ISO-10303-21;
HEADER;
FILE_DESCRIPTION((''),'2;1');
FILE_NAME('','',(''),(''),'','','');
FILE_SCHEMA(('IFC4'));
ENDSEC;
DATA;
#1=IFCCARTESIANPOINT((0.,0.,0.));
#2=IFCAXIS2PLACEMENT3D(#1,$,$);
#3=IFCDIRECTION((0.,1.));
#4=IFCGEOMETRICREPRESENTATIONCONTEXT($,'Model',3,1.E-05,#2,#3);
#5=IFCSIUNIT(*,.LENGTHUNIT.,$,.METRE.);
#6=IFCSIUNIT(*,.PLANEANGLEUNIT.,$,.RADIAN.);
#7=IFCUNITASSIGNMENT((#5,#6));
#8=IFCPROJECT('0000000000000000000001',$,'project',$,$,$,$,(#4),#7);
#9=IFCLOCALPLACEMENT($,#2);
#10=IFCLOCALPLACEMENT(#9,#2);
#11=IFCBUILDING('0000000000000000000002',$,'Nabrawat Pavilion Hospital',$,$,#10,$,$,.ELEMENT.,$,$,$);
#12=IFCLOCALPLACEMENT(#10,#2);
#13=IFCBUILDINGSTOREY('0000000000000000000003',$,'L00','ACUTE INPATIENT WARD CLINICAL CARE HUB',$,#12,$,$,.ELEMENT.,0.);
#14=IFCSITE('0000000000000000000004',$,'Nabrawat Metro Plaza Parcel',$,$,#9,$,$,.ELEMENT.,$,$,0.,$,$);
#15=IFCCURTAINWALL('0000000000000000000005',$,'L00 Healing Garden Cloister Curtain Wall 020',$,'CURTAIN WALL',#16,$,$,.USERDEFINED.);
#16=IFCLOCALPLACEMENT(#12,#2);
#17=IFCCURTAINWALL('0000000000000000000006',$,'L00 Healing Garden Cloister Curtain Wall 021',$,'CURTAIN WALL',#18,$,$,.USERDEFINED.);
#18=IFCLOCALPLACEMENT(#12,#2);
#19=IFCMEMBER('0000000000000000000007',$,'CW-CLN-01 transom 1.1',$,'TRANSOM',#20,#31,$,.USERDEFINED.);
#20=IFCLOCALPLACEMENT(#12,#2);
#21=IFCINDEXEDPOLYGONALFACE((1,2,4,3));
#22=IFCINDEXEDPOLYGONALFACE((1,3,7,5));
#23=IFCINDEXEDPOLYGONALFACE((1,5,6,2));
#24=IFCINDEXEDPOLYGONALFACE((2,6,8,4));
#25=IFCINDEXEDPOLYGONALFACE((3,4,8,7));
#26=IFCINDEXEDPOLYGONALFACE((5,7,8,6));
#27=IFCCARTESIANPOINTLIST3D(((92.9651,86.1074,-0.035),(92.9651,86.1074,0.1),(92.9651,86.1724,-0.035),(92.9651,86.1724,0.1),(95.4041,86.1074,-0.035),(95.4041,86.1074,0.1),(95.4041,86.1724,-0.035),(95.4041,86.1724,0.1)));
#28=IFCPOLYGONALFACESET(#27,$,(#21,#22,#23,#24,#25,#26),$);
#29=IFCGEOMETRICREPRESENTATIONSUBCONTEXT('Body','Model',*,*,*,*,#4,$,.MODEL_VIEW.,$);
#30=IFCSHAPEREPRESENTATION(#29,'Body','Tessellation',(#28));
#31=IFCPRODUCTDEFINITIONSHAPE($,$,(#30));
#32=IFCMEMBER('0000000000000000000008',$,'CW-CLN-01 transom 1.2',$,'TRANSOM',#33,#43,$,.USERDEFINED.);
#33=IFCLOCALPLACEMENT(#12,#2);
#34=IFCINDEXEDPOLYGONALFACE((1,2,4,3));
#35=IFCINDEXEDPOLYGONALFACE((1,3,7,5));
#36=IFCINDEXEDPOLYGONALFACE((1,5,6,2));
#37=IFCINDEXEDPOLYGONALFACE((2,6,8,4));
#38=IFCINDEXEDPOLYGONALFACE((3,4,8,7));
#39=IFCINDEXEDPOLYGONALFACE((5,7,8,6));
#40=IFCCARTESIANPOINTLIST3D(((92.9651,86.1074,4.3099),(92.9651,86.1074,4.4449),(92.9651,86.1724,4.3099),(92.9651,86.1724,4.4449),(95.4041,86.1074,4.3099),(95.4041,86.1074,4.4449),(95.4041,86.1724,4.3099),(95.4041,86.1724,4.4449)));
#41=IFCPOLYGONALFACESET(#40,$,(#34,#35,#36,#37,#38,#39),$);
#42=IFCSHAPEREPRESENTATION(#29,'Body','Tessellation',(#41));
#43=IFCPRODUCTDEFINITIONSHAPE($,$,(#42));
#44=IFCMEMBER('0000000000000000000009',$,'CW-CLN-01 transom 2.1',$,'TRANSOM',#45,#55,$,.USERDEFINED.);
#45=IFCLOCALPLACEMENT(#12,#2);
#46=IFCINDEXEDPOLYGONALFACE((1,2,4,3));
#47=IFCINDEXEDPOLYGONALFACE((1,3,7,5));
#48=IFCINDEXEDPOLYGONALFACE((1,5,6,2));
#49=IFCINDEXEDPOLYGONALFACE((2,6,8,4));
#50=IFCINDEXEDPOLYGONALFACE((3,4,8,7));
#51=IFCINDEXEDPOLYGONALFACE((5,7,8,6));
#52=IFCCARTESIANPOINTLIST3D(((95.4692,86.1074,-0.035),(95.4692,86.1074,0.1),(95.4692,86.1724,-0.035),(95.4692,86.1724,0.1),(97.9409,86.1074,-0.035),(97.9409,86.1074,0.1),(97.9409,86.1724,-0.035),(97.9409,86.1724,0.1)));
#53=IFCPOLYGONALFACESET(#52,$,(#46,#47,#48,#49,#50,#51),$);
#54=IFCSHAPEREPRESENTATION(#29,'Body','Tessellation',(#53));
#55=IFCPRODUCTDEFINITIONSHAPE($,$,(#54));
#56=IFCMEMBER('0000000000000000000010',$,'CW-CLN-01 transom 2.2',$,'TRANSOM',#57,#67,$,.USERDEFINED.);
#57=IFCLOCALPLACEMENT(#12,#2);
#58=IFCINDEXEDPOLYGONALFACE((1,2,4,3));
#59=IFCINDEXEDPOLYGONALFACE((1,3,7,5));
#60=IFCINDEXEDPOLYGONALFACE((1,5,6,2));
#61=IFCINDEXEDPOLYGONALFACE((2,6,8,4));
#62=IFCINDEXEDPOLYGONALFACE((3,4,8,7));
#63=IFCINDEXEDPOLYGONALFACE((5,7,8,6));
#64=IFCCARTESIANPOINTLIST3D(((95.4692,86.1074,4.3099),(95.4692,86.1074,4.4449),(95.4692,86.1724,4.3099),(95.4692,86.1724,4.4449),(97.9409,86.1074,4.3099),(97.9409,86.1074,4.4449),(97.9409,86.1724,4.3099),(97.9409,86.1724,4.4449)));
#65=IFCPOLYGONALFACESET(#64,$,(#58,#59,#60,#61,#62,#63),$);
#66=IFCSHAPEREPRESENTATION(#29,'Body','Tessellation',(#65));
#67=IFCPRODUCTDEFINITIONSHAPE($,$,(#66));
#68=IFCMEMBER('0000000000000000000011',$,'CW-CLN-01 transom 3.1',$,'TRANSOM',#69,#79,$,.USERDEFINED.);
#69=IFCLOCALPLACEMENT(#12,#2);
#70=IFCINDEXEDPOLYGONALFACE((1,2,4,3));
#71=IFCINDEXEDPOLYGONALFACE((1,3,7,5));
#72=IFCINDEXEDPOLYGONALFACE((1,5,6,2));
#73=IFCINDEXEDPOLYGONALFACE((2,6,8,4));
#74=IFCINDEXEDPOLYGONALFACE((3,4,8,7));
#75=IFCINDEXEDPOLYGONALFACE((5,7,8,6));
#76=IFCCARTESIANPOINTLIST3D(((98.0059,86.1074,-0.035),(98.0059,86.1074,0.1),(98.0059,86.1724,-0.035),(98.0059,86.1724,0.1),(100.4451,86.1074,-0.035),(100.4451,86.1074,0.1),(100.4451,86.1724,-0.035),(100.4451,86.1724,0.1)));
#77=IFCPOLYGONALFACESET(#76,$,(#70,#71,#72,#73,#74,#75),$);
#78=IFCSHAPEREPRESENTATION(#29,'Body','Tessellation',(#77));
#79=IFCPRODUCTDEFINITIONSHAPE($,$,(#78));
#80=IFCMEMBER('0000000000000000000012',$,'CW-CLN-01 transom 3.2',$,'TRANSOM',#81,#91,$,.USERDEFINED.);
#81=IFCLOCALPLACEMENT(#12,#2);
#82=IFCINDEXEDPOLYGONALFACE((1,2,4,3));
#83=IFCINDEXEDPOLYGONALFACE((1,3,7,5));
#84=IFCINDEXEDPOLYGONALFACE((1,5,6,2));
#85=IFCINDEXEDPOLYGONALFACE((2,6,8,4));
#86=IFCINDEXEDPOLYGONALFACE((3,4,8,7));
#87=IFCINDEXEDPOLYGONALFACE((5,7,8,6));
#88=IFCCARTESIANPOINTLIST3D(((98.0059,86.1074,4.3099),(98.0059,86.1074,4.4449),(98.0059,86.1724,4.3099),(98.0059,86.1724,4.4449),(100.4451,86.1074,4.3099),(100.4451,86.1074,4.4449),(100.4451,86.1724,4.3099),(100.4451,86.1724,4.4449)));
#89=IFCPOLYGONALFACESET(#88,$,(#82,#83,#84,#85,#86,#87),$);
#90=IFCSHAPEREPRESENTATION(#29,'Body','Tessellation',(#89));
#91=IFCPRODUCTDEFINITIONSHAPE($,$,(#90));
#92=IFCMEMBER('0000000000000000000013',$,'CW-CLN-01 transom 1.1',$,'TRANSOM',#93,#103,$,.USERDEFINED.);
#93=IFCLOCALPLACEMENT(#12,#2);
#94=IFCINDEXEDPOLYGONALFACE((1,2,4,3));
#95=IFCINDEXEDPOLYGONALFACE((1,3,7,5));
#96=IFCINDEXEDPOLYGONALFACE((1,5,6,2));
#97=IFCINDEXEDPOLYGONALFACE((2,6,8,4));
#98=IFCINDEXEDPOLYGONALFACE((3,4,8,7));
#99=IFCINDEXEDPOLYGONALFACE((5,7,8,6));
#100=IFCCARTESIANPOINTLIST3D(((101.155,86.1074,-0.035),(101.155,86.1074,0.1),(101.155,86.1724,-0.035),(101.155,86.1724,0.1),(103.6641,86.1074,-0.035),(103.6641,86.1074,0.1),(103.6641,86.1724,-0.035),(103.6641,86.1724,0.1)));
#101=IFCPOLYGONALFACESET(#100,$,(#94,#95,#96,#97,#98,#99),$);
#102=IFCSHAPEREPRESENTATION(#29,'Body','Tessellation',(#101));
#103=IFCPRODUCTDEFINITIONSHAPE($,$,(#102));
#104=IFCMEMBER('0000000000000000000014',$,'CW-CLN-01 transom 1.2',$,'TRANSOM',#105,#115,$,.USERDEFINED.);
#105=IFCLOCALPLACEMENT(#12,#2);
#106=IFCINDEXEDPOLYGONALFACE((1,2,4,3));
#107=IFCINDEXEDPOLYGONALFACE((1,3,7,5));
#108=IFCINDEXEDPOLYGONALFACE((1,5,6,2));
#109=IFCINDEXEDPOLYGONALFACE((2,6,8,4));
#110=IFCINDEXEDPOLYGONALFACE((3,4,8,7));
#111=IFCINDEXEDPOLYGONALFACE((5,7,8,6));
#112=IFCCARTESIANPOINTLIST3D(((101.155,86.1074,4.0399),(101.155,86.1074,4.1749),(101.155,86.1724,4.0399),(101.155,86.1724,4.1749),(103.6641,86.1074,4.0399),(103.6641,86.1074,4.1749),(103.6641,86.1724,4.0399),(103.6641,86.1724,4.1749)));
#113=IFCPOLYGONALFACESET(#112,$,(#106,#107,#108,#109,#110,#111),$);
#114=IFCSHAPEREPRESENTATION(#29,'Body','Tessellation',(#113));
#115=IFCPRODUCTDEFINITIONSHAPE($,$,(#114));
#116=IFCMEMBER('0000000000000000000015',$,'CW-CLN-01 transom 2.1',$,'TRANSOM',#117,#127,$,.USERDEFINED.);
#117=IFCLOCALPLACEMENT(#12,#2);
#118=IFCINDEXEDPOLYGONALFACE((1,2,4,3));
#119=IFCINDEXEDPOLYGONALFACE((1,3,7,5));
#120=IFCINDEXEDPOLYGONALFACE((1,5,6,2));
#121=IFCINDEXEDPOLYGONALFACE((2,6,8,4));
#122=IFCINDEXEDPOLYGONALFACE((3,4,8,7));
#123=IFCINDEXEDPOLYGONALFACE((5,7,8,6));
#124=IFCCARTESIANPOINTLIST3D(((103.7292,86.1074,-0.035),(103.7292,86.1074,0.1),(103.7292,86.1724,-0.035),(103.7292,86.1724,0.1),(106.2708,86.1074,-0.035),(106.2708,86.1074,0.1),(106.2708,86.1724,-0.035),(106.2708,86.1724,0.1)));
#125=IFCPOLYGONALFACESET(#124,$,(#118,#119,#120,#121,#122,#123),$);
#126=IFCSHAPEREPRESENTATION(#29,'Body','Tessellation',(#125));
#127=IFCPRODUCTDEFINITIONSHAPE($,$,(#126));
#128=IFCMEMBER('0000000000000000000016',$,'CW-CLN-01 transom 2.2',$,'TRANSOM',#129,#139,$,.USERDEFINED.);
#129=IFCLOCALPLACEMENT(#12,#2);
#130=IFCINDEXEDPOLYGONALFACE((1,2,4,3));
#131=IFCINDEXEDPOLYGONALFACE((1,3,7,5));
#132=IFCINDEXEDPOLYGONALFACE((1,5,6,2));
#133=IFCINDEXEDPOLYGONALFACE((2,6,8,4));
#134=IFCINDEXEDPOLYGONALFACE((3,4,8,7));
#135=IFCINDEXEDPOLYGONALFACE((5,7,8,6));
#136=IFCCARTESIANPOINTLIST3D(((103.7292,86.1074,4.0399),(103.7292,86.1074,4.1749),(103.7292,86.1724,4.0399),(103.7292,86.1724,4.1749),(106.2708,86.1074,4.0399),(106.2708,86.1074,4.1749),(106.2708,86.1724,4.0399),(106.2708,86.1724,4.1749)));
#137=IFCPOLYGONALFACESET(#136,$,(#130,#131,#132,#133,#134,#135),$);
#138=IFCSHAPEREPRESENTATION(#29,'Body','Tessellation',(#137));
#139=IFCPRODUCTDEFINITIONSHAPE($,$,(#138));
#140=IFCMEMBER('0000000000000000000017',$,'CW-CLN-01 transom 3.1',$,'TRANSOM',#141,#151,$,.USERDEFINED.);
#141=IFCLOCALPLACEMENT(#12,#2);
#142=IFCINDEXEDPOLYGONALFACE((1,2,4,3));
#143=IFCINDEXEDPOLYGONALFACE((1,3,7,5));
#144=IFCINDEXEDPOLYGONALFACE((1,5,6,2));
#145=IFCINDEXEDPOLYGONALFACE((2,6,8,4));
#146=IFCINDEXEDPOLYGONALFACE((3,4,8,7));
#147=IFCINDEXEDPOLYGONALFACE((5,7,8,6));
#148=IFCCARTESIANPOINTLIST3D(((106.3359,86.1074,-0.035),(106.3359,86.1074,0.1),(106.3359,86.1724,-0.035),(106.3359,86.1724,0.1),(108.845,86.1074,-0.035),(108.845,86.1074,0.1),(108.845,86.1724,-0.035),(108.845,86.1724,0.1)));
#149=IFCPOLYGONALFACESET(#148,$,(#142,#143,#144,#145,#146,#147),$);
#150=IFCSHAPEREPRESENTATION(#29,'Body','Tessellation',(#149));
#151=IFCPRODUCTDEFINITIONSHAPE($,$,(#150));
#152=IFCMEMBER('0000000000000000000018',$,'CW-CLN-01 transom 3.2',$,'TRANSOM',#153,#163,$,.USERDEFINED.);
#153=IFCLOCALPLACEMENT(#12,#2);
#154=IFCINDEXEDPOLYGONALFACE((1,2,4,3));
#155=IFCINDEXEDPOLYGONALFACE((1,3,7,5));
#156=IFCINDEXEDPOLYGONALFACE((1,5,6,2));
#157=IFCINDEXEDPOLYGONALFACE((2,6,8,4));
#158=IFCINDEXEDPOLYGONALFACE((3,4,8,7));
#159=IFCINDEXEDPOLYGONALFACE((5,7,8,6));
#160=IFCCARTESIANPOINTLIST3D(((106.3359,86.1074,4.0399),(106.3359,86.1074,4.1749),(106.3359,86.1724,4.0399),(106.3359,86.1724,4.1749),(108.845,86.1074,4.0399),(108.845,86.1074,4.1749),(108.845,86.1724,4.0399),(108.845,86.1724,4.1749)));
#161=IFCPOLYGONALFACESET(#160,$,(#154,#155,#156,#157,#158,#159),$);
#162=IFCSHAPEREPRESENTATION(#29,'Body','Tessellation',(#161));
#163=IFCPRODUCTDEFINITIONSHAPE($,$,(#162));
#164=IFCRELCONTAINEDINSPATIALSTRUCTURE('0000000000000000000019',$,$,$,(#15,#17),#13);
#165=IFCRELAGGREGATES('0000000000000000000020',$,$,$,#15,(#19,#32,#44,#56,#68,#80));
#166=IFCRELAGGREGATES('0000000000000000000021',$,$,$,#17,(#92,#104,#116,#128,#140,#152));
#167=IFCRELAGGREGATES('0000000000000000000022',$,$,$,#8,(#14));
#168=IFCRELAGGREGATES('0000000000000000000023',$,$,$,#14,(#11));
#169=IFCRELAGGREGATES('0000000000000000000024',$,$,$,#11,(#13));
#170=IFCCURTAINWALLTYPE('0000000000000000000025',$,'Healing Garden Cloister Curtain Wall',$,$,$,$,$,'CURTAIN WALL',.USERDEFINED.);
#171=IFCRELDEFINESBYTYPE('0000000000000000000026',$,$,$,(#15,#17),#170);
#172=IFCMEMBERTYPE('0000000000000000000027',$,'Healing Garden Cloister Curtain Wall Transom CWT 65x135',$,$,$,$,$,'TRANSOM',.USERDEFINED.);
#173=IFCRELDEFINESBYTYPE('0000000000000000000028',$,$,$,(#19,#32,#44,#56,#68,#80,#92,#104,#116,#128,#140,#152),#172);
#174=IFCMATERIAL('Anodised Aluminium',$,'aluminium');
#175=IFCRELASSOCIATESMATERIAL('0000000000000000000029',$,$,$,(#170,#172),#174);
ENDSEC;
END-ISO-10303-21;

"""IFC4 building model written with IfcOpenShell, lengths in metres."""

from ifc_helpers import new_model, si_unit, direction, frame, origin, origin_2d, place, context, subcontext, project, spatial, rectangle, extrude, material, material_profile, profile_set, type_object, element, aggregate, save


model = new_model("IFC4")

# Units and contexts
model_context = context("Model", 3, precision=1e-05, world=origin(), true_north=direction((0.0, 1.0)))
body_context = subcontext(model_context, "Body", "Model", "MODEL_VIEW")
ifc_project = project(units=[si_unit("LENGTHUNIT", "METRE"), si_unit("PLANEANGLEUNIT", "RADIAN")], contexts=[model_context])

# Site, building, storey
site_placement = place(None, origin())
site = spatial("IfcSite", under=ifc_project, at=site_placement, Name="Nabrawat Metro Plaza Parcel", CompositionType="ELEMENT", RefElevation=0.0)
building_placement = place(site_placement, origin())
building = spatial("IfcBuilding", under=site, at=building_placement, Name="Nabrawat Pavilion Hospital", CompositionType="ELEMENT")
storey_placement = place(building_placement, origin())
storey = spatial("IfcBuildingStorey", under=building, at=storey_placement, Name="L00", Description="ACUTE INPATIENT WARD CLINICAL CARE HUB", CompositionType="ELEMENT", Elevation=0.0)

# Curtain walls
ifc_material_1 = material(Name="Anodised Aluminium", Category="aluminium")
curtain_wall_type = type_object("IfcCurtainWallType", Name="Healing Garden Cloister Curtain Wall", ElementType="CURTAIN WALL", PredefinedType="USERDEFINED", material=ifc_material_1)
curtain_wall_1_placement = place(storey_placement, origin())
curtain_wall_1 = element("IfcCurtainWall", 1, at=curtain_wall_1_placement, inside=storey, type_object=curtain_wall_type, Name="L00 Healing Garden Cloister Curtain Wall 020", ObjectType="CURTAIN WALL", PredefinedType="USERDEFINED")
curtain_wall_2_placement = place(storey_placement, origin())
curtain_wall_2 = element("IfcCurtainWall", 2, at=curtain_wall_2_placement, inside=storey, type_object=curtain_wall_type, Name="L00 Healing Garden Cloister Curtain Wall 021", ObjectType="CURTAIN WALL", PredefinedType="USERDEFINED")

# Members
ifc_material_profile_1 = material_profile(ifc_material_1, rectangle(XDim=0.0649, YDim=0.135, at=origin_2d()), Name="CWT 65x135")
ifc_profile_set_1 = profile_set([ifc_material_profile_1], Name="Anodised Aluminium")
member_type_1 = type_object("IfcMemberType", Name="Healing Garden Cloister Curtain Wall Transom CWT 65x135", ElementType="TRANSOM", PredefinedType="USERDEFINED", material=ifc_profile_set_1)
member_1_placement = place(storey_placement, frame((92.9651, 86.1399, 0.0325), z_axis=(1.0, 0.0, 0.0), x_axis=(0.0, 1.0, 0.0)))
member_1 = element("IfcMember", 3, at=member_1_placement, type_object=member_type_1, Name="CW-CLN-01 transom 1.1", ObjectType="TRANSOM", PredefinedType="USERDEFINED", context=body_context, shape_type="SweptSolid", body=[
    extrude(rectangle(XDim=0.0649, YDim=0.135, at=origin_2d()), origin(), (0.0, 0.0, 1.0), 2.439),
])
member_2_placement = place(storey_placement, frame((92.9651, 86.1399, 4.3774), z_axis=(1.0, 0.0, 0.0), x_axis=(0.0, 1.0, 0.0)))
member_2 = element("IfcMember", 4, at=member_2_placement, type_object=member_type_1, Name="CW-CLN-01 transom 1.2", ObjectType="TRANSOM", PredefinedType="USERDEFINED", context=body_context, shape_type="SweptSolid", body=[
    extrude(rectangle(XDim=0.0649, YDim=0.135, at=origin_2d()), origin(), (0.0, 0.0, 1.0), 2.439),
])
member_3_placement = place(storey_placement, frame((95.4692, 86.1399, 0.0325), z_axis=(1.0, 0.0, 0.0), x_axis=(0.0, 1.0, 0.0)))
member_3 = element("IfcMember", 5, at=member_3_placement, type_object=member_type_1, Name="CW-CLN-01 transom 2.1", ObjectType="TRANSOM", PredefinedType="USERDEFINED", context=body_context, shape_type="SweptSolid", body=[
    extrude(rectangle(XDim=0.0649, YDim=0.135, at=origin_2d()), origin(), (0.0, 0.0, 1.0), 2.4717),
])
member_4_placement = place(storey_placement, frame((95.4692, 86.1399, 4.3774), z_axis=(1.0, 0.0, 0.0), x_axis=(0.0, 1.0, 0.0)))
member_4 = element("IfcMember", 6, at=member_4_placement, type_object=member_type_1, Name="CW-CLN-01 transom 2.2", ObjectType="TRANSOM", PredefinedType="USERDEFINED", context=body_context, shape_type="SweptSolid", body=[
    extrude(rectangle(XDim=0.0649, YDim=0.135, at=origin_2d()), origin(), (0.0, 0.0, 1.0), 2.4717),
])
member_5_placement = place(storey_placement, frame((98.0059, 86.1399, 0.0325), z_axis=(1.0, 0.0, 0.0), x_axis=(0.0, 1.0, 0.0)))
member_5 = element("IfcMember", 7, at=member_5_placement, type_object=member_type_1, Name="CW-CLN-01 transom 3.1", ObjectType="TRANSOM", PredefinedType="USERDEFINED", context=body_context, shape_type="SweptSolid", body=[
    extrude(rectangle(XDim=0.0649, YDim=0.135, at=origin_2d()), origin(), (0.0, 0.0, 1.0), 2.4392),
])
member_6_placement = place(storey_placement, frame((98.0059, 86.1399, 4.3774), z_axis=(1.0, 0.0, 0.0), x_axis=(0.0, 1.0, 0.0)))
member_6 = element("IfcMember", 8, at=member_6_placement, type_object=member_type_1, Name="CW-CLN-01 transom 3.2", ObjectType="TRANSOM", PredefinedType="USERDEFINED", context=body_context, shape_type="SweptSolid", body=[
    extrude(rectangle(XDim=0.0649, YDim=0.135, at=origin_2d()), origin(), (0.0, 0.0, 1.0), 2.4392),
])
member_7_placement = place(storey_placement, frame((101.155, 86.1399, 0.0325), z_axis=(1.0, 0.0, 0.0), x_axis=(0.0, 1.0, 0.0)))
member_7 = element("IfcMember", 9, at=member_7_placement, type_object=member_type_1, Name="CW-CLN-01 transom 1.1", ObjectType="TRANSOM", PredefinedType="USERDEFINED", context=body_context, shape_type="SweptSolid", body=[
    extrude(rectangle(XDim=0.0649, YDim=0.135, at=origin_2d()), origin(), (0.0, 0.0, 1.0), 2.509),
])
member_8_placement = place(storey_placement, frame((101.155, 86.1399, 4.1074), z_axis=(1.0, 0.0, 0.0), x_axis=(0.0, 1.0, 0.0)))
member_8 = element("IfcMember", 10, at=member_8_placement, type_object=member_type_1, Name="CW-CLN-01 transom 1.2", ObjectType="TRANSOM", PredefinedType="USERDEFINED", context=body_context, shape_type="SweptSolid", body=[
    extrude(rectangle(XDim=0.0649, YDim=0.135, at=origin_2d()), origin(), (0.0, 0.0, 1.0), 2.509),
])
member_9_placement = place(storey_placement, frame((103.7292, 86.1399, 0.0325), z_axis=(1.0, 0.0, 0.0), x_axis=(0.0, 1.0, 0.0)))
member_9 = element("IfcMember", 11, at=member_9_placement, type_object=member_type_1, Name="CW-CLN-01 transom 2.1", ObjectType="TRANSOM", PredefinedType="USERDEFINED", context=body_context, shape_type="SweptSolid", body=[
    extrude(rectangle(XDim=0.0649, YDim=0.135, at=origin_2d()), origin(), (0.0, 0.0, 1.0), 2.5415),
])
member_10_placement = place(storey_placement, frame((103.7292, 86.1399, 4.1074), z_axis=(1.0, 0.0, 0.0), x_axis=(0.0, 1.0, 0.0)))
member_10 = element("IfcMember", 12, at=member_10_placement, type_object=member_type_1, Name="CW-CLN-01 transom 2.2", ObjectType="TRANSOM", PredefinedType="USERDEFINED", context=body_context, shape_type="SweptSolid", body=[
    extrude(rectangle(XDim=0.0649, YDim=0.135, at=origin_2d()), origin(), (0.0, 0.0, 1.0), 2.5415),
])
member_11_placement = place(storey_placement, frame((106.3359, 86.1399, 0.0325), z_axis=(1.0, 0.0, 0.0), x_axis=(0.0, 1.0, 0.0)))
member_11 = element("IfcMember", 13, at=member_11_placement, type_object=member_type_1, Name="CW-CLN-01 transom 3.1", ObjectType="TRANSOM", PredefinedType="USERDEFINED", context=body_context, shape_type="SweptSolid", body=[
    extrude(rectangle(XDim=0.0649, YDim=0.135, at=origin_2d()), origin(), (0.0, 0.0, 1.0), 2.509),
])
member_12_placement = place(storey_placement, frame((106.3359, 86.1399, 4.1074), z_axis=(1.0, 0.0, 0.0), x_axis=(0.0, 1.0, 0.0)))
member_12 = element("IfcMember", 14, at=member_12_placement, type_object=member_type_1, Name="CW-CLN-01 transom 3.2", ObjectType="TRANSOM", PredefinedType="USERDEFINED", context=body_context, shape_type="SweptSolid", body=[
    extrude(rectangle(XDim=0.0649, YDim=0.135, at=origin_2d()), origin(), (0.0, 0.0, 1.0), 2.509),
])

aggregate(curtain_wall_1, [member_1, member_2, member_3, member_4, member_5, member_6])
aggregate(curtain_wall_2, [member_7, member_8, member_9, member_10, member_11, member_12])

save(model, "model.ifc")
